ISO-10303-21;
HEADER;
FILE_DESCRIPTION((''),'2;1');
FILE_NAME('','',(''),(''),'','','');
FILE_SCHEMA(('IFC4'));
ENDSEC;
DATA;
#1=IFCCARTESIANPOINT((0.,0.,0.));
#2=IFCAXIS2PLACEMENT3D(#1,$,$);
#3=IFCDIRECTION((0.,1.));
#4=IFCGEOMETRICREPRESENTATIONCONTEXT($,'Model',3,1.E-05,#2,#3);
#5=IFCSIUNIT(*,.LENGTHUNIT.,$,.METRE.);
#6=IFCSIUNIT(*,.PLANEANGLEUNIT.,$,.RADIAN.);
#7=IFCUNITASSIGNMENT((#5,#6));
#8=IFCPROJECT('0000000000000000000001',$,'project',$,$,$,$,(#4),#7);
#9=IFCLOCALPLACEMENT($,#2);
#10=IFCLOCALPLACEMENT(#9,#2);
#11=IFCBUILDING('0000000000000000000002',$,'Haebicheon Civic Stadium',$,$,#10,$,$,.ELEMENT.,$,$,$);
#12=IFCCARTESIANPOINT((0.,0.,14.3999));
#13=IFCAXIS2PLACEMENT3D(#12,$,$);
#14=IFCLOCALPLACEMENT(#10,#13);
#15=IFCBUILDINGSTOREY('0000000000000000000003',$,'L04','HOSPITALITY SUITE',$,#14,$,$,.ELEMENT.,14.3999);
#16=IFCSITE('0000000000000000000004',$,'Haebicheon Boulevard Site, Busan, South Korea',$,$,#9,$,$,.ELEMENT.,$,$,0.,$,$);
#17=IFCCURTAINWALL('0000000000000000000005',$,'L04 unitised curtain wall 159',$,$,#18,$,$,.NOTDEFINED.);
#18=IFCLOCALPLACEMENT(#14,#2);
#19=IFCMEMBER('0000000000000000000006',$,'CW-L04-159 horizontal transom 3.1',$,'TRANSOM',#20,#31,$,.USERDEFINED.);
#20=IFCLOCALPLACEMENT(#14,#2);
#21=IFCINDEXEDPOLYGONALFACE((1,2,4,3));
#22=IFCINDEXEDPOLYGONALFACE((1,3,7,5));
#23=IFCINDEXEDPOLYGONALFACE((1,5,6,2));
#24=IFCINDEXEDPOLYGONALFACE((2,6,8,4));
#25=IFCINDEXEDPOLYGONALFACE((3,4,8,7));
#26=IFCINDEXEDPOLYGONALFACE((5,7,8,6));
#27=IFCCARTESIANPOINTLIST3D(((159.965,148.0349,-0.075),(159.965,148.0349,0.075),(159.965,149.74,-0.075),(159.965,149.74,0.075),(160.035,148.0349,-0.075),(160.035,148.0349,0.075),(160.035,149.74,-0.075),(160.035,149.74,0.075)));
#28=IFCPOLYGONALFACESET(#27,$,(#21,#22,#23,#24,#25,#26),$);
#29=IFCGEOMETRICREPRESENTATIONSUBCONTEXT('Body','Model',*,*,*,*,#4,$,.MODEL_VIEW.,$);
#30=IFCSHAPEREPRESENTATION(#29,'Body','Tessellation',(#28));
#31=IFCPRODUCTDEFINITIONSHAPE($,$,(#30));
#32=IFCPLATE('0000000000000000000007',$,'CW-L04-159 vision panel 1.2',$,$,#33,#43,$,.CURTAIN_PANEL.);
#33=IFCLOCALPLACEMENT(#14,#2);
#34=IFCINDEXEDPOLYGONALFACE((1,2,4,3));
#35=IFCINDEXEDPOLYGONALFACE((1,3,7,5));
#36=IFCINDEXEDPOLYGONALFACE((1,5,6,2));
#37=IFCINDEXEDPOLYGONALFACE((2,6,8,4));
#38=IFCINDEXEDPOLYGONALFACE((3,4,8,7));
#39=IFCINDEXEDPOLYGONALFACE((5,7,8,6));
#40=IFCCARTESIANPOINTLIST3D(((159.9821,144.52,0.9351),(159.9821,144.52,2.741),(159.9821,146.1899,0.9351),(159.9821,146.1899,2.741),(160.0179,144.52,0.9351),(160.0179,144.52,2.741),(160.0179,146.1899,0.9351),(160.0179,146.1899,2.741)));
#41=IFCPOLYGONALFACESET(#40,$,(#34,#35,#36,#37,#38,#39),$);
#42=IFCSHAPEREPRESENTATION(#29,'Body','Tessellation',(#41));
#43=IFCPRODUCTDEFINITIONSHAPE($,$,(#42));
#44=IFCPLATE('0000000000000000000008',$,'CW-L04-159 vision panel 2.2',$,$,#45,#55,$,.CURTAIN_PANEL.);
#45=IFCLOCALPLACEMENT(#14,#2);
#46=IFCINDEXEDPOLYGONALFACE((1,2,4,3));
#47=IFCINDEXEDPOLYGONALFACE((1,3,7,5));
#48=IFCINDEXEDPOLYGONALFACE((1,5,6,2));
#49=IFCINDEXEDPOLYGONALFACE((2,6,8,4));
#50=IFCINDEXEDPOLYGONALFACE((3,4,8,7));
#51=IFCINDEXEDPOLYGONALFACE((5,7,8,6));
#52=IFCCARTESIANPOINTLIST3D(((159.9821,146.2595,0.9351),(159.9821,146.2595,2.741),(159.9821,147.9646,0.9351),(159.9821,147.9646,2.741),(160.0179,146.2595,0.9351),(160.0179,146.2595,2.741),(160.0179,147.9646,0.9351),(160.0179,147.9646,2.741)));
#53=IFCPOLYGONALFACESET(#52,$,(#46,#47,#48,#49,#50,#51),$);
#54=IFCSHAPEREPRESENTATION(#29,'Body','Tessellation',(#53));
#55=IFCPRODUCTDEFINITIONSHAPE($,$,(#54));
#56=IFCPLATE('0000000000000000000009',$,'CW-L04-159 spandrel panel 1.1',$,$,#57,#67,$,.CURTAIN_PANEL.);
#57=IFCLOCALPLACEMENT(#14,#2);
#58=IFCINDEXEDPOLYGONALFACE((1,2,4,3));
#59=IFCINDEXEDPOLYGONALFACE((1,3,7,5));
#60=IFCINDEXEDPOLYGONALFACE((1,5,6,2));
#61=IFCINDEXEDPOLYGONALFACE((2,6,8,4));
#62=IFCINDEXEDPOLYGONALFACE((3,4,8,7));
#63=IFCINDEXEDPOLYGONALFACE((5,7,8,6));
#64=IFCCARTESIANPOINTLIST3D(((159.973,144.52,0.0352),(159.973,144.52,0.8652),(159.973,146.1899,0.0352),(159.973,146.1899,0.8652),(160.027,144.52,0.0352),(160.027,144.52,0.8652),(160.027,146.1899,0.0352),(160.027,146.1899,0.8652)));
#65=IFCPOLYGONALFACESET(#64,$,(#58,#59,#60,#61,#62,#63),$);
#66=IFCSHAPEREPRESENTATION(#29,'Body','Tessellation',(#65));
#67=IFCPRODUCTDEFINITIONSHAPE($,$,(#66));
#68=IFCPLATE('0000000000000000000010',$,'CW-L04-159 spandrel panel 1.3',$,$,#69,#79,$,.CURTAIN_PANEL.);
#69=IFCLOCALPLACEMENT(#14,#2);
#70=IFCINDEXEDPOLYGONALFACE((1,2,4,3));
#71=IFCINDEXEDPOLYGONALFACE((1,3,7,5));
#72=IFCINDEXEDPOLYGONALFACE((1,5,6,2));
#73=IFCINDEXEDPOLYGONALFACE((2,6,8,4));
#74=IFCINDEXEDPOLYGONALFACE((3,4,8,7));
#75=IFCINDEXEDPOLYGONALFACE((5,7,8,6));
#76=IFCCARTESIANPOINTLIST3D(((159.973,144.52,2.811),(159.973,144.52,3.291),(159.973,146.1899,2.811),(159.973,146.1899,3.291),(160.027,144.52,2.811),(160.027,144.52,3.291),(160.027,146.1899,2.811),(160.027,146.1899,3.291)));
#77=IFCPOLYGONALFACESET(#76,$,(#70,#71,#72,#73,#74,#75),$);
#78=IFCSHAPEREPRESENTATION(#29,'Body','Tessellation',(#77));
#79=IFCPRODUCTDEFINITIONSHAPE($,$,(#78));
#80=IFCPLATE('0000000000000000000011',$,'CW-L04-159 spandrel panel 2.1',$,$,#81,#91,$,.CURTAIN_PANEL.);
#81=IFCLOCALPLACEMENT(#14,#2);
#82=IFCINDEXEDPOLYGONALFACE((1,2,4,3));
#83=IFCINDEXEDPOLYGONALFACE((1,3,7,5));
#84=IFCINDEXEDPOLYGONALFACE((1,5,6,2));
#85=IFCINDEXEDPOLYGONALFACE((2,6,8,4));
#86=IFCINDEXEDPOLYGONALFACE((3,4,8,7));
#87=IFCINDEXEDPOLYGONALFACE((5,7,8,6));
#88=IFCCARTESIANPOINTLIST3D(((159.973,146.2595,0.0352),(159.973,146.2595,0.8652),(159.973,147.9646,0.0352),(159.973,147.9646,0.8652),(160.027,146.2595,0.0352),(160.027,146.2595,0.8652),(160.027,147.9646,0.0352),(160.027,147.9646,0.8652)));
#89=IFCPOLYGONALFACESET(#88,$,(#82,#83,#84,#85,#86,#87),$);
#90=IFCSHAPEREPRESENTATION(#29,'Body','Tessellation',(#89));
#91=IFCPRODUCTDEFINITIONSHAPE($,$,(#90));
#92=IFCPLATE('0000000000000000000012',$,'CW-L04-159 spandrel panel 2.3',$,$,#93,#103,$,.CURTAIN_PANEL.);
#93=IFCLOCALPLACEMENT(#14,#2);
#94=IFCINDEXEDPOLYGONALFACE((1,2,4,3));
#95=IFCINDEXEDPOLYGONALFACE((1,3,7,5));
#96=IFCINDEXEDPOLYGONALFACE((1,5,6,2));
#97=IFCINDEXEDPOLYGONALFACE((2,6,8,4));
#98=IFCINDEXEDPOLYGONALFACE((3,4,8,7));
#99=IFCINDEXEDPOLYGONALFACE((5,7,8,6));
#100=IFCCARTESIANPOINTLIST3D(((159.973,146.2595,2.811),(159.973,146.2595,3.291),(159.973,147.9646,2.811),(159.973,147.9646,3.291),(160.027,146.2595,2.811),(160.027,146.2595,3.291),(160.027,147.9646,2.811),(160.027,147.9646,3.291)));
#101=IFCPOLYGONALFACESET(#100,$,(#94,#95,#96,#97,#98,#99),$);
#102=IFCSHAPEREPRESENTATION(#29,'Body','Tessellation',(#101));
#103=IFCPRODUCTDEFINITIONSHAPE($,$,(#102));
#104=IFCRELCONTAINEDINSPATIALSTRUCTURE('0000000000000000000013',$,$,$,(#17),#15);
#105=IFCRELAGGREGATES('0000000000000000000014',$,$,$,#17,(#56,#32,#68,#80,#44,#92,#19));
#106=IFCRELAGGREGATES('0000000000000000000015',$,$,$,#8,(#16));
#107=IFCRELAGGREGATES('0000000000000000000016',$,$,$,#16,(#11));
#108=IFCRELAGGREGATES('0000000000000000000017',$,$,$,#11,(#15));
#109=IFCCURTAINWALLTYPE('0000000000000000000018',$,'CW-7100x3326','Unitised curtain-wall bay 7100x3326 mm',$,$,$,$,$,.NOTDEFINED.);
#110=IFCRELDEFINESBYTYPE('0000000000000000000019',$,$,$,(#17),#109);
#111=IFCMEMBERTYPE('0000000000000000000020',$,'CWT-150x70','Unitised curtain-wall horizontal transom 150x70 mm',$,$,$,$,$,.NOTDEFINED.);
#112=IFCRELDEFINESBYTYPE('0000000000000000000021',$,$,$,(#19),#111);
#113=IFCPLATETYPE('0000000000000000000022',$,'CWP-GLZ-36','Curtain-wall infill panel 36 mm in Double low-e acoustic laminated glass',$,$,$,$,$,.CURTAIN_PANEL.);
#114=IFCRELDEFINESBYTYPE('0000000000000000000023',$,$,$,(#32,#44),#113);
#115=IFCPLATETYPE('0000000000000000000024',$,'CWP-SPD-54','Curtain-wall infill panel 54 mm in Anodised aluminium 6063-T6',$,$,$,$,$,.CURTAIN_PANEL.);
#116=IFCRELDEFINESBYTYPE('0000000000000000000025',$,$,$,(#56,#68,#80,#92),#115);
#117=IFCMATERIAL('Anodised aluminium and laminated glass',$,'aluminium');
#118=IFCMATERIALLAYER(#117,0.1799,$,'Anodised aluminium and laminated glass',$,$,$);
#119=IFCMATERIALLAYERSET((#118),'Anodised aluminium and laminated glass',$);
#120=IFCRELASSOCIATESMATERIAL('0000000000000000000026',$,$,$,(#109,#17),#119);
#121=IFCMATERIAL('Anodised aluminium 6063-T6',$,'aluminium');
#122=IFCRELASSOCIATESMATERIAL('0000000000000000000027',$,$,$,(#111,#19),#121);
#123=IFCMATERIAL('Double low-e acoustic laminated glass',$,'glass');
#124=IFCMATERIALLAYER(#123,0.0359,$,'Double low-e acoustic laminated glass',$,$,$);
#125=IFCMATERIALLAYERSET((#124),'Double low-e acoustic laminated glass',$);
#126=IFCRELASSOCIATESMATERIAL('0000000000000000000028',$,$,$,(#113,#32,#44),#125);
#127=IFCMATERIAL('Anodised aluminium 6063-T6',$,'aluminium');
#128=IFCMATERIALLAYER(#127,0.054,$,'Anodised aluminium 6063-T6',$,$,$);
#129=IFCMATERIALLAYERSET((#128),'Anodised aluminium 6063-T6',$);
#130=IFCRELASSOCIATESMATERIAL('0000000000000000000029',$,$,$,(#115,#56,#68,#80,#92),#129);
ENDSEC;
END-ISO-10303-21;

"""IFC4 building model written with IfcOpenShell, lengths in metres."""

from ifc_helpers import new_model, si_unit, direction, frame, origin, origin_2d, place, context, subcontext, project, spatial, rectangle, extrude, material, layer, layer_set, material_profile, profile_set, type_object, element, aggregate, save


model = new_model("IFC4")

# Units and contexts
model_context = context("Model", 3, precision=1e-05, world=origin(), true_north=direction((0.0, 1.0)))
body_context = subcontext(model_context, "Body", "Model", "MODEL_VIEW")
ifc_project = project(units=[si_unit("LENGTHUNIT", "METRE"), si_unit("PLANEANGLEUNIT", "RADIAN")], contexts=[model_context])

# Site, building, storey
site_placement = place(None, origin())
site = spatial("IfcSite", under=ifc_project, at=site_placement, Name="Haebicheon Boulevard Site, Busan, South Korea", CompositionType="ELEMENT", RefElevation=0.0)
building_placement = place(site_placement, origin())
building = spatial("IfcBuilding", under=site, at=building_placement, Name="Haebicheon Civic Stadium", CompositionType="ELEMENT")
storey_placement = place(building_placement, frame((0.0, 0.0, 14.3999)))
storey = spatial("IfcBuildingStorey", under=building, at=storey_placement, Name="L04", Description="HOSPITALITY SUITE", CompositionType="ELEMENT", Elevation=14.3999)

# Curtain wall, member, plates
ifc_material_1 = material(Name="Anodised aluminium and laminated glass", Category="aluminium")
ifc_layer_1 = layer(ifc_material_1, 0.1799, Name="Anodised aluminium and laminated glass")
ifc_layer_set_1 = layer_set([ifc_layer_1], Name="Anodised aluminium and laminated glass")
curtain_wall_type = type_object("IfcCurtainWallType", Name="CW-7100x3326", Description="Unitised curtain-wall bay 7100x3326 mm", PredefinedType="NOTDEFINED", material=ifc_layer_set_1)
curtain_wall_placement = place(storey_placement, origin())
curtain_wall = element("IfcCurtainWall", 1, at=curtain_wall_placement, inside=storey, type_object=curtain_wall_type, material=ifc_layer_set_1, Name="L04 unitised curtain wall 159", PredefinedType="NOTDEFINED")
ifc_material_2 = material(Name="Anodised aluminium 6063-T6", Category="aluminium")
ifc_material_profile_1 = material_profile(ifc_material_2, rectangle(XDim=0.0701, YDim=0.1499, at=origin_2d()), Name="ALU-TRAN-70x150")
ifc_profile_set_1 = profile_set([ifc_material_profile_1], Name="Anodised aluminium 6063-T6")
member_type_1 = type_object("IfcMemberType", Name="CWT-150x70", Description="Unitised curtain-wall horizontal transom 150x70 mm", PredefinedType="NOTDEFINED", material=ifc_profile_set_1)
member_1_placement = place(storey_placement, frame((160.0, 148.0349, 0.0), z_axis=(0.0, 1.0, 0.0), x_axis=(-1.0, 0.0, 0.0)))
member_1 = element("IfcMember", 2, at=member_1_placement, type_object=member_type_1, material=ifc_profile_set_1, Name="CW-L04-159 horizontal transom 3.1", ObjectType="TRANSOM", PredefinedType="USERDEFINED", context=body_context, shape_type="SweptSolid", body=[
    extrude(rectangle(XDim=0.0701, YDim=0.1499, at=origin_2d()), origin(), (0.0, 0.0, 1.0), 1.7051),
])
ifc_material_3 = material(Name="Double low-e acoustic laminated glass", Category="glass")
ifc_layer_2 = layer(ifc_material_3, 0.0359, Name="Double low-e acoustic laminated glass")
ifc_layer_set_2 = layer_set([ifc_layer_2], Name="Double low-e acoustic laminated glass")
plate_type_1 = type_object("IfcPlateType", Name="CWP-GLZ-36", Description="Curtain-wall infill panel 36 mm in Double low-e acoustic laminated glass", PredefinedType="CURTAIN_PANEL", material=ifc_layer_set_2)
plate_1_placement = place(storey_placement, frame((160.0, 145.355, 0.9351), z_axis=(0.0, 0.0, 1.0), x_axis=(0.0, 1.0, 0.0)))
plate_1 = element("IfcPlate", 3, at=plate_1_placement, type_object=plate_type_1, material=ifc_layer_set_2, Name="CW-L04-159 vision panel 1.2", PredefinedType="CURTAIN_PANEL", context=body_context, shape_type="SweptSolid", body=[
    extrude(rectangle(XDim=1.6699, YDim=0.0359, at=origin_2d()), origin(), (0.0, 0.0, 1.0), 1.8059),
])
plate_2_placement = place(storey_placement, frame((160.0, 147.1121, 0.9351), z_axis=(0.0, 0.0, 1.0), x_axis=(0.0, 1.0, 0.0)))
plate_2 = element("IfcPlate", 4, at=plate_2_placement, type_object=plate_type_1, material=ifc_layer_set_2, Name="CW-L04-159 vision panel 2.2", PredefinedType="CURTAIN_PANEL", context=body_context, shape_type="SweptSolid", body=[
    extrude(rectangle(XDim=1.7051, YDim=0.0359, at=origin_2d()), origin(), (0.0, 0.0, 1.0), 1.8059),
])
ifc_material_4 = material(Name="Anodised aluminium 6063-T6", Category="aluminium")
ifc_layer_3 = layer(ifc_material_4, 0.054, Name="Anodised aluminium 6063-T6")
ifc_layer_set_3 = layer_set([ifc_layer_3], Name="Anodised aluminium 6063-T6")
plate_type_2 = type_object("IfcPlateType", Name="CWP-SPD-54", Description="Curtain-wall infill panel 54 mm in Anodised aluminium 6063-T6", PredefinedType="CURTAIN_PANEL", material=ifc_layer_set_3)
plate_3_placement = place(storey_placement, frame((160.0, 145.355, 0.0352), z_axis=(0.0, 0.0, 1.0), x_axis=(0.0, 1.0, 0.0)))
plate_3 = element("IfcPlate", 5, at=plate_3_placement, type_object=plate_type_2, material=ifc_layer_set_3, Name="CW-L04-159 spandrel panel 1.1", PredefinedType="CURTAIN_PANEL", context=body_context, shape_type="SweptSolid", body=[
    extrude(rectangle(XDim=1.6699, YDim=0.054, at=origin_2d()), origin(), (0.0, 0.0, 1.0), 0.8301),
])
plate_4_placement = place(storey_placement, frame((160.0, 145.355, 2.811), z_axis=(0.0, 0.0, 1.0), x_axis=(0.0, 1.0, 0.0)))
plate_4 = element("IfcPlate", 6, at=plate_4_placement, type_object=plate_type_2, material=ifc_layer_set_3, Name="CW-L04-159 spandrel panel 1.3", PredefinedType="CURTAIN_PANEL", context=body_context, shape_type="SweptSolid", body=[
    extrude(rectangle(XDim=1.6699, YDim=0.054, at=origin_2d()), origin(), (0.0, 0.0, 1.0), 0.48),
])
plate_5_placement = place(storey_placement, frame((160.0, 147.1121, 0.0352), z_axis=(0.0, 0.0, 1.0), x_axis=(0.0, 1.0, 0.0)))
plate_5 = element("IfcPlate", 7, at=plate_5_placement, type_object=plate_type_2, material=ifc_layer_set_3, Name="CW-L04-159 spandrel panel 2.1", PredefinedType="CURTAIN_PANEL", context=body_context, shape_type="SweptSolid", body=[
    extrude(rectangle(XDim=1.7051, YDim=0.054, at=origin_2d()), origin(), (0.0, 0.0, 1.0), 0.8301),
])
plate_6_placement = place(storey_placement, frame((160.0, 147.1121, 2.811), z_axis=(0.0, 0.0, 1.0), x_axis=(0.0, 1.0, 0.0)))
plate_6 = element("IfcPlate", 8, at=plate_6_placement, type_object=plate_type_2, material=ifc_layer_set_3, Name="CW-L04-159 spandrel panel 2.3", PredefinedType="CURTAIN_PANEL", context=body_context, shape_type="SweptSolid", body=[
    extrude(rectangle(XDim=1.7051, YDim=0.054, at=origin_2d()), origin(), (0.0, 0.0, 1.0), 0.48),
])
aggregate(curtain_wall, [plate_3, plate_1, plate_4, plate_5, plate_2, plate_6, member_1])

save(model, "model.ifc")
